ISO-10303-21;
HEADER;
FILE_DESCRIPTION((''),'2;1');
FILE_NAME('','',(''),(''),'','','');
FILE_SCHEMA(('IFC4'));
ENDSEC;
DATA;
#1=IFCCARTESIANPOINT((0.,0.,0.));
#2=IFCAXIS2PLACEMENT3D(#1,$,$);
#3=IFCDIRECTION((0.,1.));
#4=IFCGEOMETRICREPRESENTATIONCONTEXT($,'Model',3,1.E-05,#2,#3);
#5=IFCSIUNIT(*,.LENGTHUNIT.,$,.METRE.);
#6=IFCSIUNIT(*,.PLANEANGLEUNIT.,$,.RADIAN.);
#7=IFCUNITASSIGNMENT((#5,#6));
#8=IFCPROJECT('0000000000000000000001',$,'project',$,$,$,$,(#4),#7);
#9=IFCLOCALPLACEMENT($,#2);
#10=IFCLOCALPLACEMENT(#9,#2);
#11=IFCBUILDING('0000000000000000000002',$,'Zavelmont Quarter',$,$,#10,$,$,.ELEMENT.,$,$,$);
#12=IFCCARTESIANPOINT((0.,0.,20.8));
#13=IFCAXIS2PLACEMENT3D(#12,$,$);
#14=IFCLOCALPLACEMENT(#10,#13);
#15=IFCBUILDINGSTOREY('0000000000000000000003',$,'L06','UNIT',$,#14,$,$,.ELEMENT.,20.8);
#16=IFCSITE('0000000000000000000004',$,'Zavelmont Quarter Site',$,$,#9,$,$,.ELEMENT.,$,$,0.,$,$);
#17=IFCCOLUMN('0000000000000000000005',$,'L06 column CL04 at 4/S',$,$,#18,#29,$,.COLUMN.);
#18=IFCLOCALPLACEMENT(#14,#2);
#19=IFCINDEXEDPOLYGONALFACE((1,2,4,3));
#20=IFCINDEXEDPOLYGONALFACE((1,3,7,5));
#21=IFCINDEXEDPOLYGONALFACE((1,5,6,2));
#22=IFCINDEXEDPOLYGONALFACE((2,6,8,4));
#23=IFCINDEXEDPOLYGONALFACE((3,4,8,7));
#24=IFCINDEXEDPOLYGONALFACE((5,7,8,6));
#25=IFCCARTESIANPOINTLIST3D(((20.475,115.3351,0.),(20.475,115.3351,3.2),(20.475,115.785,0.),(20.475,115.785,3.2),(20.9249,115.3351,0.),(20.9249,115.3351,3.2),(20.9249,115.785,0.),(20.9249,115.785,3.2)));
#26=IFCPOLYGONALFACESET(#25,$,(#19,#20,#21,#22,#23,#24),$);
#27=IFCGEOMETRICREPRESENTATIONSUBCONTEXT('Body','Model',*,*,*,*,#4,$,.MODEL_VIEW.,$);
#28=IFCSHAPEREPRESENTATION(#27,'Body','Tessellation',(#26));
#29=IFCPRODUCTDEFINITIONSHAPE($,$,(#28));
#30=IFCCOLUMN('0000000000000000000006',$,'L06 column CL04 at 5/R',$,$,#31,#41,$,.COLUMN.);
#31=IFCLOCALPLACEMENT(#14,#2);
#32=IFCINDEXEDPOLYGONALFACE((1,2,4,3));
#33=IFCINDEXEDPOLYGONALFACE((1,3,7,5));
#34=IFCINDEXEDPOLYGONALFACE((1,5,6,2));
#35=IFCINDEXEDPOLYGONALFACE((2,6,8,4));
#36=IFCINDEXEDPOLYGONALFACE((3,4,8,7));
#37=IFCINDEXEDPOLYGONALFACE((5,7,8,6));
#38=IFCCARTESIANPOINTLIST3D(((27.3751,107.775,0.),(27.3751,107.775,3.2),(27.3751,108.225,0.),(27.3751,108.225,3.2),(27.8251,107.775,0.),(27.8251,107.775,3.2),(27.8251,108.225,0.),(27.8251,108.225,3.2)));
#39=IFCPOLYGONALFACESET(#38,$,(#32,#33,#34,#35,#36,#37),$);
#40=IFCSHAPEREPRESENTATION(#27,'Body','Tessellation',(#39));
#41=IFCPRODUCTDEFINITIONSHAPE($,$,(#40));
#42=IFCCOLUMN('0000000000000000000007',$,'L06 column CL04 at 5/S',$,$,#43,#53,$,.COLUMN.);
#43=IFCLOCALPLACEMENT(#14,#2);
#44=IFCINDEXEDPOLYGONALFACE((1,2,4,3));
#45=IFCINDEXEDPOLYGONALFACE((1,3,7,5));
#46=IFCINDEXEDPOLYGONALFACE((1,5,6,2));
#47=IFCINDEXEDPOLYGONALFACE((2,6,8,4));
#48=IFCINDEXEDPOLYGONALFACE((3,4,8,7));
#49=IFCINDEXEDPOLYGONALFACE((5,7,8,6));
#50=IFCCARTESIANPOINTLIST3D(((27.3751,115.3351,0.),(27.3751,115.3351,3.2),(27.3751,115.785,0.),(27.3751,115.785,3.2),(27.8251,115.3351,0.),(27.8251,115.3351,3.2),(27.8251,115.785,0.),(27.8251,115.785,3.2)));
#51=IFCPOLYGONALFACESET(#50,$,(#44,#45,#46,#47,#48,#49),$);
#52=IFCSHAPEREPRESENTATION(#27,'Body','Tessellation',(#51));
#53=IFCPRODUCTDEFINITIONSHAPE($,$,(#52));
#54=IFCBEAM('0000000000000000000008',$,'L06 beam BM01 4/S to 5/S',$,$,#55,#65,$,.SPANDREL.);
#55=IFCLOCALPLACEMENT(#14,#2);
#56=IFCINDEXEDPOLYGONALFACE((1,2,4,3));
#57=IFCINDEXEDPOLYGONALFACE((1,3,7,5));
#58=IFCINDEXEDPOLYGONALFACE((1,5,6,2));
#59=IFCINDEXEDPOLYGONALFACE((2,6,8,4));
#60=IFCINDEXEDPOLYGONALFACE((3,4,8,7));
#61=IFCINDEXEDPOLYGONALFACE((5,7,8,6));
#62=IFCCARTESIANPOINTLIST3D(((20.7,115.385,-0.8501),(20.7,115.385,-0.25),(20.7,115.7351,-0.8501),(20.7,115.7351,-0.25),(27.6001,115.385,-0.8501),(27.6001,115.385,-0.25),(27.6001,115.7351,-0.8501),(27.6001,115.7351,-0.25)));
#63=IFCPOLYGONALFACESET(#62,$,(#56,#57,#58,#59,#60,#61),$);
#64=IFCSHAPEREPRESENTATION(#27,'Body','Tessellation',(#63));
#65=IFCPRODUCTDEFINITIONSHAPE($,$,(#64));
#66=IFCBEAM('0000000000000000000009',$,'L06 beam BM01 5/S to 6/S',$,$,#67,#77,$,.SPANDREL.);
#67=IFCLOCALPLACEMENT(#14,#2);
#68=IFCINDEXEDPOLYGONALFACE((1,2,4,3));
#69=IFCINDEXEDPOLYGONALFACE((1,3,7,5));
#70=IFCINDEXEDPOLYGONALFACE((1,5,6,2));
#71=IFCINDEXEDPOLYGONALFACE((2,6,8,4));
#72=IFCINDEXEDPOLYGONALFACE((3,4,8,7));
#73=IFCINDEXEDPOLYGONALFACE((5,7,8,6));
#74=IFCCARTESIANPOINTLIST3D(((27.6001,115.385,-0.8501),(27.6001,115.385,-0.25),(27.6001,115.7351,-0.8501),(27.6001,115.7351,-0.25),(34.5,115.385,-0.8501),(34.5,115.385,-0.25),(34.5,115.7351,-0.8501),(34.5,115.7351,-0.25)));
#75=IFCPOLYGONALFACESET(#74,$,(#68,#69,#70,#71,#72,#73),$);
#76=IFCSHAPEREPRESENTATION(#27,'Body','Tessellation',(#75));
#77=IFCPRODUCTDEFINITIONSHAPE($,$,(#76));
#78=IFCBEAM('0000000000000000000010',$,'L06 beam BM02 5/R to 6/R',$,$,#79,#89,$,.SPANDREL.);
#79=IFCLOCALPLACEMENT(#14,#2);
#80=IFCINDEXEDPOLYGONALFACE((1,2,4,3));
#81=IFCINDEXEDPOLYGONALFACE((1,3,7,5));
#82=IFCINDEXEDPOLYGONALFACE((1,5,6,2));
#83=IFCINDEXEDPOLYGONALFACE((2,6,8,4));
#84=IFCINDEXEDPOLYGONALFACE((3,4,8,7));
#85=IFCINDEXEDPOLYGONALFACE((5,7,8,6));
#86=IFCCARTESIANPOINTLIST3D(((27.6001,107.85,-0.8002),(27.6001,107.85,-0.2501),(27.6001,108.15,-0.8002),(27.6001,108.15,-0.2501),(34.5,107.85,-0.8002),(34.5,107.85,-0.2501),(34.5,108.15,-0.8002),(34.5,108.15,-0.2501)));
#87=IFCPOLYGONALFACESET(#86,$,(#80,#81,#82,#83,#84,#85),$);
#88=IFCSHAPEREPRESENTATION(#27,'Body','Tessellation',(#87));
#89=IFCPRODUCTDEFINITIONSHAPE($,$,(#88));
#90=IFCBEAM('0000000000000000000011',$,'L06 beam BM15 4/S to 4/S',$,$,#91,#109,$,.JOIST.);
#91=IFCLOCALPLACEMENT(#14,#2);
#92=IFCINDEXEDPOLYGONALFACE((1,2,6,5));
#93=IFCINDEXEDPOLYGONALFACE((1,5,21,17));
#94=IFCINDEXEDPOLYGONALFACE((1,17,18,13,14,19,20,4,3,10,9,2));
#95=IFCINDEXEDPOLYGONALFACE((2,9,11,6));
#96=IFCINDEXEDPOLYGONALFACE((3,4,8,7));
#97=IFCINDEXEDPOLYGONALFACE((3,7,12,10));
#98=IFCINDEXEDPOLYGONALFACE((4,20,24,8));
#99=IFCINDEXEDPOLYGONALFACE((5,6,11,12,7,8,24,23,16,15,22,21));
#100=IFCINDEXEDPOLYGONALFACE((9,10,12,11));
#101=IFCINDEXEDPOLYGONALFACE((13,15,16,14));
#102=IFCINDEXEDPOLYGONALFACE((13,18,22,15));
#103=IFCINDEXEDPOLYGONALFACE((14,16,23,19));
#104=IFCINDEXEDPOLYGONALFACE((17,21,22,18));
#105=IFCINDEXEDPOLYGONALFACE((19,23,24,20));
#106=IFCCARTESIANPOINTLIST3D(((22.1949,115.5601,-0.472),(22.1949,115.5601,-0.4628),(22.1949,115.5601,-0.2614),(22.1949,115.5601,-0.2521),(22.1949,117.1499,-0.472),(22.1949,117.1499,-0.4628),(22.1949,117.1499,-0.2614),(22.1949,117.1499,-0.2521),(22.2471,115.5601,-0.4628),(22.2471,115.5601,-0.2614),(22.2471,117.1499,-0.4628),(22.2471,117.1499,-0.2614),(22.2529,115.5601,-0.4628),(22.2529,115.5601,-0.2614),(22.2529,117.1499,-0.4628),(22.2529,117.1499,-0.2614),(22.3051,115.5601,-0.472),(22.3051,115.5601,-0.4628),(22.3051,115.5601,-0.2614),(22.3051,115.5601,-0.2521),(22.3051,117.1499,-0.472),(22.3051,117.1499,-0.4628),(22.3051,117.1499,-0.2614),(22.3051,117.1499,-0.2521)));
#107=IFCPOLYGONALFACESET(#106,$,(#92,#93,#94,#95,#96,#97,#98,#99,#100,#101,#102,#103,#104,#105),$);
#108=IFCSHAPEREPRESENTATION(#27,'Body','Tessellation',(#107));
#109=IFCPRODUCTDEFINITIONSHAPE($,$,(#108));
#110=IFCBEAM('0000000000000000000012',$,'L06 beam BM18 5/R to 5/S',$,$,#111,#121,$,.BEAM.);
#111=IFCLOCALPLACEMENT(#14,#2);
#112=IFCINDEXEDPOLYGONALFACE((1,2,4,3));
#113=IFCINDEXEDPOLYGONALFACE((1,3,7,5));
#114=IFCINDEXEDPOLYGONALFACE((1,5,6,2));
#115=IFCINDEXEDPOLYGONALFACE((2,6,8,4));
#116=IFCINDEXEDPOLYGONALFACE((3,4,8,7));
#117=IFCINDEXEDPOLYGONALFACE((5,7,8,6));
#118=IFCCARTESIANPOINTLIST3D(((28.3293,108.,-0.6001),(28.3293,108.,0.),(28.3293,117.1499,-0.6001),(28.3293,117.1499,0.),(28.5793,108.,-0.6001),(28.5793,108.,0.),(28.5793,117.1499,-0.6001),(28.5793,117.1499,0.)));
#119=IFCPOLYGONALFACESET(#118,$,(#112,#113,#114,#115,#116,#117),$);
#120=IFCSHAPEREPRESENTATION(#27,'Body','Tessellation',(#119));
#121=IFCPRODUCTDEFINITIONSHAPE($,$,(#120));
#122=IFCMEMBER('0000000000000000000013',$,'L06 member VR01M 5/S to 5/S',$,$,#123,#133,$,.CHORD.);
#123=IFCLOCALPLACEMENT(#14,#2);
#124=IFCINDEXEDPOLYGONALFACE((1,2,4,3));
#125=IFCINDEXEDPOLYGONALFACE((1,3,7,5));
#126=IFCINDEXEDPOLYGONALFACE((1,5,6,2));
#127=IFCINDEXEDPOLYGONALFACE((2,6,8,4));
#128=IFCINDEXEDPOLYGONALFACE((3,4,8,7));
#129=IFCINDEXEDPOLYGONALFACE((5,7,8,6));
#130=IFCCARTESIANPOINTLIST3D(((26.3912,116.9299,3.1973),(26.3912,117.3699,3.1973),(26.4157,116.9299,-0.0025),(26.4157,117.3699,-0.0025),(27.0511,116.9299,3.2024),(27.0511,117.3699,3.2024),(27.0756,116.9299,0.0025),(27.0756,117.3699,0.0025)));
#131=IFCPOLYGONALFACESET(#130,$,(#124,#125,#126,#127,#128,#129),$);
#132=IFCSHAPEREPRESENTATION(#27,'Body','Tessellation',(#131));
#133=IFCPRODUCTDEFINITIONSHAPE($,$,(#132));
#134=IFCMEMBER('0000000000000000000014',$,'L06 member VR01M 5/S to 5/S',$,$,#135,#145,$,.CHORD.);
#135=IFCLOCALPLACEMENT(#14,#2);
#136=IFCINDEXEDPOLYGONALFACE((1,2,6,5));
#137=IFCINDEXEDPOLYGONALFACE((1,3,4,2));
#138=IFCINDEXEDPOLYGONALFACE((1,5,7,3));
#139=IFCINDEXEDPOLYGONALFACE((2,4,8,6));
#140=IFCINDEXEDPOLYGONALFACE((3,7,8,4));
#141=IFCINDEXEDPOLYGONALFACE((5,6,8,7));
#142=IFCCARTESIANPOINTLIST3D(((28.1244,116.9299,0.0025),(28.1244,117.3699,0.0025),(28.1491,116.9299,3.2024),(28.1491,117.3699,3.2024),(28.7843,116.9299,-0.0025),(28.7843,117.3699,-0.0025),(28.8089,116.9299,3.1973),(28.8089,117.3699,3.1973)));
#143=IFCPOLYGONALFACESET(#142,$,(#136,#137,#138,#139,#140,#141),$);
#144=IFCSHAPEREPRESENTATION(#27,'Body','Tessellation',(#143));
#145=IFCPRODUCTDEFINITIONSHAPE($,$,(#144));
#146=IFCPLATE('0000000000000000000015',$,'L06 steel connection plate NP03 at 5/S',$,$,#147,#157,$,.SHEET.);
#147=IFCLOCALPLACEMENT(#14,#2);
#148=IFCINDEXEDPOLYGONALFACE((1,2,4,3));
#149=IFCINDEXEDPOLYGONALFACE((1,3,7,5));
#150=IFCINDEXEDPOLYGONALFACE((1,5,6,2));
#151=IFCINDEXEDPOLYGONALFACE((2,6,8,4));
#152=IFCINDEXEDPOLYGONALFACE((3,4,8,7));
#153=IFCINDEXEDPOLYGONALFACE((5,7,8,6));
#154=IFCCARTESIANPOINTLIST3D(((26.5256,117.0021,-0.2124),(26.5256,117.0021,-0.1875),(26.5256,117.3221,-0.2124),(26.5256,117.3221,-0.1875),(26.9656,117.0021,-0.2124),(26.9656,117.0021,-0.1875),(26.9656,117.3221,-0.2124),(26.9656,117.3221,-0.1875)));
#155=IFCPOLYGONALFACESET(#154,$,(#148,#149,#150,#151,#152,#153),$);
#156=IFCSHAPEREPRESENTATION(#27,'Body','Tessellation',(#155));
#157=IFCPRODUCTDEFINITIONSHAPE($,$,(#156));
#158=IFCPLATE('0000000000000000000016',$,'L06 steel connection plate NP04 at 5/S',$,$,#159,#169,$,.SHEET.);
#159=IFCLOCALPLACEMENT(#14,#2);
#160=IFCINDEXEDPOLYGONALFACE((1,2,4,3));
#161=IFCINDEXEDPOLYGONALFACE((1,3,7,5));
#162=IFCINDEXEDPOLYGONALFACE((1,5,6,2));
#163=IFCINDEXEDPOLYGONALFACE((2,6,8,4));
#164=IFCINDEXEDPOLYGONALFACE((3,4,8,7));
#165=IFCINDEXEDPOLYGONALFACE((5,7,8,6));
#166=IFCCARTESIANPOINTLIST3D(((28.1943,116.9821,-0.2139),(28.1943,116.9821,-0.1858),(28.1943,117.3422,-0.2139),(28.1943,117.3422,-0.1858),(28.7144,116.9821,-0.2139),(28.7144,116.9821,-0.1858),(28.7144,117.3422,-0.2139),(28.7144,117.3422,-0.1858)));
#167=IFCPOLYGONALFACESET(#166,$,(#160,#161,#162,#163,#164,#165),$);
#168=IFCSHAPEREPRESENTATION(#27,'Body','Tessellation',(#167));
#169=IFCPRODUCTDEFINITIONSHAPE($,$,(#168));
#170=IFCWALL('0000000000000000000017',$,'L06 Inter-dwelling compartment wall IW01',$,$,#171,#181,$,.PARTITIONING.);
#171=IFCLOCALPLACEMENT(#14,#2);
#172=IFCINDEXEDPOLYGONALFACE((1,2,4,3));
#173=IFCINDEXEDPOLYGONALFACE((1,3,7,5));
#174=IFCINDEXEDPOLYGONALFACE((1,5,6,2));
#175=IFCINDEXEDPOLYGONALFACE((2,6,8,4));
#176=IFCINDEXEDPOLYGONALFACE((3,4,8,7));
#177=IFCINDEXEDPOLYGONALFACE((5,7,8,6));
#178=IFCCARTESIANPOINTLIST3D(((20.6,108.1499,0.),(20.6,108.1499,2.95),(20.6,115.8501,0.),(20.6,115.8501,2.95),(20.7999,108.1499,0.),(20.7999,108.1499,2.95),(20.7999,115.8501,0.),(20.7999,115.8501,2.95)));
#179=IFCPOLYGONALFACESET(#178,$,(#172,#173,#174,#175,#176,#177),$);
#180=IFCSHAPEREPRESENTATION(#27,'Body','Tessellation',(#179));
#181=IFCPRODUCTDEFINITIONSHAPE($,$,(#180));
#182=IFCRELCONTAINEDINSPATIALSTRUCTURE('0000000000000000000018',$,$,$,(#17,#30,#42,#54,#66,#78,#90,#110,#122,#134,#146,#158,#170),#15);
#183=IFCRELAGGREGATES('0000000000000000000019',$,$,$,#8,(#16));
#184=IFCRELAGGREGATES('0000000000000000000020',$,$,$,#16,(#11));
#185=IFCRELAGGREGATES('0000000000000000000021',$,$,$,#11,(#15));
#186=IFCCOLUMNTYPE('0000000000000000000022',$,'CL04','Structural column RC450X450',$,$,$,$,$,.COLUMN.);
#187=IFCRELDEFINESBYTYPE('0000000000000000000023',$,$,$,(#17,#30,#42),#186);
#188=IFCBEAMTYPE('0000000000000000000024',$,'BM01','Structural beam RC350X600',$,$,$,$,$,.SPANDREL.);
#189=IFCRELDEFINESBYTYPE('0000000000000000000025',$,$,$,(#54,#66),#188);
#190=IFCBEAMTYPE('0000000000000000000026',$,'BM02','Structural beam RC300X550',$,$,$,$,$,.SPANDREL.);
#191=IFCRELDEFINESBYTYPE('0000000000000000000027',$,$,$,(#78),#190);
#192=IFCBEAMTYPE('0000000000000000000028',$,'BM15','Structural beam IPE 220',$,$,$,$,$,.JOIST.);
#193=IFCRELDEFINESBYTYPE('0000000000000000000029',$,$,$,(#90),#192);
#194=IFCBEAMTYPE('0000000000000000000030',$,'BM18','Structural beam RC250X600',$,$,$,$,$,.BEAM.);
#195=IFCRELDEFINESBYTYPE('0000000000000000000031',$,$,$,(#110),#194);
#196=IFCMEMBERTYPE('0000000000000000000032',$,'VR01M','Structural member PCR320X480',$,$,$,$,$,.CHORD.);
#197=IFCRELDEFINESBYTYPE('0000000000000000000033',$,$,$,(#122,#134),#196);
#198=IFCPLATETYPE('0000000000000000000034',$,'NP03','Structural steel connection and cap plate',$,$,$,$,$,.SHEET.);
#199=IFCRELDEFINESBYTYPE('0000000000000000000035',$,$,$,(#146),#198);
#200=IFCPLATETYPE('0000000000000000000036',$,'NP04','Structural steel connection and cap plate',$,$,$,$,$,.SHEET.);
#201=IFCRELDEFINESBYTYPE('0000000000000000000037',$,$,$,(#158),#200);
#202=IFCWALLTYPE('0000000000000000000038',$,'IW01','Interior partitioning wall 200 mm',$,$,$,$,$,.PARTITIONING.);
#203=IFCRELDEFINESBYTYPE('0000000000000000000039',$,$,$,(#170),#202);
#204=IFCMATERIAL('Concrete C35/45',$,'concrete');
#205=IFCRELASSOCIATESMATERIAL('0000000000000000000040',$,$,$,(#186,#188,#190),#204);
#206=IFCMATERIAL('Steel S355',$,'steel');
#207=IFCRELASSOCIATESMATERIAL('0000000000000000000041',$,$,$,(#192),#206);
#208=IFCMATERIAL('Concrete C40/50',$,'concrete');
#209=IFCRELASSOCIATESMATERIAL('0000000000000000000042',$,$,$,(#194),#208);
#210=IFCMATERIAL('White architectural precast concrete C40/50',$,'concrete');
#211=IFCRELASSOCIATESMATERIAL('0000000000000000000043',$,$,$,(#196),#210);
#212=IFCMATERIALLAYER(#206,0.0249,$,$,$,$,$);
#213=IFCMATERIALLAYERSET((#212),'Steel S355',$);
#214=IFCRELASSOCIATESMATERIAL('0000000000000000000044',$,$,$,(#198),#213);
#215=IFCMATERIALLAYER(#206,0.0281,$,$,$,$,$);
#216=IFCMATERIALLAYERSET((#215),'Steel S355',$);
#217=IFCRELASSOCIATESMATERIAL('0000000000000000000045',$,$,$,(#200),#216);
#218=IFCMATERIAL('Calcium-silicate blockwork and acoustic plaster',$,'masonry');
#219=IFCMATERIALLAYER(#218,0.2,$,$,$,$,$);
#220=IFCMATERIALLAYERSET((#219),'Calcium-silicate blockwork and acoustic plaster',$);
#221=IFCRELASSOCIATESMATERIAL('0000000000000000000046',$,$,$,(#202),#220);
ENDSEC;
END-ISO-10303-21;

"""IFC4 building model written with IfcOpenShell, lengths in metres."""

from ifc_helpers import new_model, si_unit, direction, frame, frame_2d, origin, origin_2d, place, context, subcontext, project, spatial, rectangle, i_section, extrude, material, layer, layer_set, material_profile, profile_set, type_object, element, save


model = new_model("IFC4")

# Units and contexts
model_context = context("Model", 3, precision=1e-05, world=origin(), true_north=direction((0.0, 1.0)))
body_context = subcontext(model_context, "Body", "Model", "MODEL_VIEW")
ifc_project = project(units=[si_unit("LENGTHUNIT", "METRE"), si_unit("PLANEANGLEUNIT", "RADIAN")], contexts=[model_context])

# Site, building, storey
site_placement = place(None, origin())
site = spatial("IfcSite", under=ifc_project, at=site_placement, Name="Zavelmont Quarter Site", CompositionType="ELEMENT", RefElevation=0.0)
building_placement = place(site_placement, origin())
building = spatial("IfcBuilding", under=site, at=building_placement, Name="Zavelmont Quarter", CompositionType="ELEMENT")
storey_placement = place(building_placement, frame((0.0, 0.0, 20.8)))
storey = spatial("IfcBuildingStorey", under=building, at=storey_placement, Name="L06", Description="UNIT", CompositionType="ELEMENT", Elevation=20.8)

# Columns
ifc_material_1 = material(Name="Concrete C35/45", Category="concrete")
ifc_material_profile_1 = material_profile(ifc_material_1, rectangle(XDim=0.45, YDim=0.45, at=origin_2d()), Name="RC450X450")
ifc_profile_set_1 = profile_set([ifc_material_profile_1], Name="Concrete C35/45")
column_type = type_object("IfcColumnType", Name="CL04", Description="Structural column RC450X450", PredefinedType="COLUMN", material=ifc_profile_set_1)
for number, where, z_axis, x_axis, name in (
    (1, (20.7, 115.5601, 0.0), (0.0, 0.0, 1.0), (1.0, 0.0, 0.0), "L06 column CL04 at 4/S"),
    (2, (27.6001, 108.0, 0.0), (0.0, 0.0, 1.0), (1.0, 0.0, 0.0), "L06 column CL04 at 5/R"),
    (3, (27.6001, 115.5601, 0.0), (0.0, 0.0, 1.0), (1.0, 0.0, 0.0), "L06 column CL04 at 5/S"),
):
    element("IfcColumn", number, at=place(storey_placement, frame(where, z_axis=z_axis, x_axis=x_axis)), inside=storey, type_object=column_type, Name=name, PredefinedType="COLUMN", context=body_context, shape_type="SweptSolid", body=[
        extrude(rectangle(XDim=0.45, YDim=0.45, at=origin_2d()), origin(), (0.0, 0.0, 1.0), 3.2),
    ])

# Beams
ifc_material_profile_2 = material_profile(ifc_material_1, rectangle(XDim=0.3501, YDim=0.6001, at=origin_2d()), Name="RC350X600")
ifc_profile_set_2 = profile_set([ifc_material_profile_2], Name="Concrete C35/45")
beam_type_1 = type_object("IfcBeamType", Name="BM01", Description="Structural beam RC350X600", PredefinedType="SPANDREL", material=ifc_profile_set_2)
beam_1_placement = place(storey_placement, frame((20.7, 115.5601, -0.55), z_axis=(1.0, 0.0, 0.0), x_axis=(0.0, 1.0, 0.0)))
element("IfcBeam", 4, at=beam_1_placement, inside=storey, type_object=beam_type_1, Name="L06 beam BM01 4/S to 5/S", PredefinedType="SPANDREL", context=body_context, shape_type="SweptSolid", body=[
    extrude(rectangle(XDim=0.3501, YDim=0.6001, at=origin_2d()), origin(), (0.0, 0.0, 1.0), 6.9001),
])
beam_2_placement = place(storey_placement, frame((27.6001, 115.5601, -0.55), z_axis=(1.0, 0.0, 0.0), x_axis=(0.0, 1.0, 0.0)))
element("IfcBeam", 5, at=beam_2_placement, inside=storey, type_object=beam_type_1, Name="L06 beam BM01 5/S to 6/S", PredefinedType="SPANDREL", context=body_context, shape_type="SweptSolid", body=[
    extrude(rectangle(XDim=0.3501, YDim=0.6001, at=origin_2d()), origin(), (0.0, 0.0, 1.0), 6.8999),
])
ifc_material_profile_3 = material_profile(ifc_material_1, rectangle(XDim=0.3, YDim=0.55, at=origin_2d()), Name="RC300X550")
ifc_profile_set_3 = profile_set([ifc_material_profile_3], Name="Concrete C35/45")
beam_type_2 = type_object("IfcBeamType", Name="BM02", Description="Structural beam RC300X550", PredefinedType="SPANDREL", material=ifc_profile_set_3)
beam_3_placement = place(storey_placement, frame((27.6001, 108.0, -0.5251), z_axis=(1.0, 0.0, 0.0), x_axis=(0.0, 1.0, 0.0)))
element("IfcBeam", 6, at=beam_3_placement, inside=storey, type_object=beam_type_2, Name="L06 beam BM02 5/R to 6/R", PredefinedType="SPANDREL", context=body_context, shape_type="SweptSolid", body=[
    extrude(rectangle(XDim=0.3, YDim=0.55, at=origin_2d()), origin(), (0.0, 0.0, 1.0), 6.8999),
])
ifc_material_2 = material(Name="Steel S355", Category="steel")
ifc_material_profile_4 = material_profile(ifc_material_2, i_section(OverallWidth=0.1101, OverallDepth=0.22, WebThickness=0.0059, FlangeThickness=0.0093, at=origin_2d()), Name="IPE 220")
ifc_profile_set_4 = profile_set([ifc_material_profile_4], Name="Steel S355")
beam_type_3 = type_object("IfcBeamType", Name="BM15", Description="Structural beam IPE 220", PredefinedType="JOIST", material=ifc_profile_set_4)
beam_4_placement = place(storey_placement, frame((22.25, 115.5601, -0.3621), z_axis=(0.0, 1.0, 0.0), x_axis=(-1.0, 0.0, 0.0)))
element("IfcBeam", 7, at=beam_4_placement, inside=storey, type_object=beam_type_3, Name="L06 beam BM15 4/S to 4/S", PredefinedType="JOIST", context=body_context, shape_type="SweptSolid", body=[
    extrude(i_section(OverallWidth=0.1101, OverallDepth=0.22, WebThickness=0.0059, FlangeThickness=0.0093, at=origin_2d()), origin(), (0.0, 0.0, 1.0), 1.5898),
])
ifc_material_3 = material(Name="Concrete C40/50", Category="concrete")
ifc_material_profile_5 = material_profile(ifc_material_3, rectangle(XDim=0.25, YDim=0.6001, at=origin_2d()), Name="RC250X600")
ifc_profile_set_5 = profile_set([ifc_material_profile_5], Name="Concrete C40/50")
beam_type_4 = type_object("IfcBeamType", Name="BM18", Description="Structural beam RC250X600", PredefinedType="BEAM", material=ifc_profile_set_5)
beam_5_placement = place(storey_placement, frame((28.4543, 108.0, -0.3), z_axis=(0.0, 1.0, 0.0), x_axis=(-1.0, 0.0, 0.0)))
element("IfcBeam", 8, at=beam_5_placement, inside=storey, type_object=beam_type_4, Name="L06 beam BM18 5/R to 5/S", PredefinedType="BEAM", context=body_context, shape_type="SweptSolid", body=[
    extrude(rectangle(XDim=0.25, YDim=0.6001, at=origin_2d()), origin(), (0.0, 0.0, 1.0), 9.1499),
])

# Members
ifc_material_4 = material(Name="White architectural precast concrete C40/50", Category="concrete")
ifc_material_profile_6 = material_profile(ifc_material_4, rectangle(XDim=0.4399, YDim=0.6599, at=origin_2d()), Name="PCR320X480")
ifc_profile_set_6 = profile_set([ifc_material_profile_6], Name="White architectural precast concrete C40/50")
member_type = type_object("IfcMemberType", Name="VR01M", Description="Structural member PCR320X480", PredefinedType="CHORD", material=ifc_profile_set_6)
for number, where, z_axis, x_axis, name in (
    (9, (26.7456, 117.1499, 0.0), (-0.007629, 0.0, 0.999971), (0.0, -1.0, 0.0), "L06 member VR01M 5/S to 5/S"),
    (10, (28.4543, 117.1499, 0.0), (0.007706, 0.0, 0.99997), (0.0, 1.0, 0.0), "L06 member VR01M 5/S to 5/S"),
):
    element("IfcMember", number, at=place(storey_placement, frame(where, z_axis=z_axis, x_axis=x_axis)), inside=storey, type_object=member_type, Name=name, PredefinedType="CHORD", context=body_context, shape_type="SweptSolid", body=[
        extrude(rectangle(XDim=0.4399, YDim=0.6599, at=origin_2d()), origin(), (0.0, 0.0, 1.0), 3.2),
    ])

# Plates
ifc_layer_1 = layer(ifc_material_2, 0.0249)
ifc_layer_set_1 = layer_set([ifc_layer_1], Name="Steel S355")
plate_type_1 = type_object("IfcPlateType", Name="NP03", Description="Structural steel connection and cap plate", PredefinedType="SHEET", material=ifc_layer_set_1)
plate_1_placement = place(storey_placement, frame((26.7456, 117.1621, -0.2124), z_axis=(0.0, 0.0, 1.0), x_axis=(1.0, 0.0, 0.0)))
element("IfcPlate", 11, at=plate_1_placement, inside=storey, type_object=plate_type_1, Name="L06 steel connection plate NP03 at 5/S", PredefinedType="SHEET", context=body_context, shape_type="SweptSolid", body=[
    extrude(rectangle(XDim=0.4399, YDim=0.3201, at=origin_2d()), origin(), (0.0, 0.0, 1.0), 0.0249),
])
ifc_layer_2 = layer(ifc_material_2, 0.0281)
ifc_layer_set_2 = layer_set([ifc_layer_2], Name="Steel S355")
plate_type_2 = type_object("IfcPlateType", Name="NP04", Description="Structural steel connection and cap plate", PredefinedType="SHEET", material=ifc_layer_set_2)
plate_2_placement = place(storey_placement, frame((28.4543, 117.1621, -0.2139), z_axis=(0.0, 0.0, 1.0), x_axis=(1.0, 0.0, 0.0)))
element("IfcPlate", 12, at=plate_2_placement, inside=storey, type_object=plate_type_2, Name="L06 steel connection plate NP04 at 5/S", PredefinedType="SHEET", context=body_context, shape_type="SweptSolid", body=[
    extrude(rectangle(XDim=0.52, YDim=0.3601, at=origin_2d()), origin(), (0.0, 0.0, 1.0), 0.0281),
])

# Wall
ifc_material_5 = material(Name="Calcium-silicate blockwork and acoustic plaster", Category="masonry")
ifc_layer_3 = layer(ifc_material_5, 0.2)
ifc_layer_set_3 = layer_set([ifc_layer_3], Name="Calcium-silicate blockwork and acoustic plaster")
wall_type_1 = type_object("IfcWallType", Name="IW01", Description="Interior partitioning wall 200 mm", PredefinedType="PARTITIONING", material=ifc_layer_set_3)
wall_1_placement = place(storey_placement, frame((20.7, 108.1499, 0.0), z_axis=(0.0, 0.0, 1.0), x_axis=(0.0, 1.0, 0.0)))
element("IfcWall", 13, at=wall_1_placement, inside=storey, type_object=wall_type_1, Name="L06 Inter-dwelling compartment wall IW01", PredefinedType="PARTITIONING", context=body_context, shape_type="SweptSolid", body=[
    extrude(rectangle(XDim=7.7002, YDim=0.2, at=frame_2d((3.8501, 0.0))), origin(), (0.0, 0.0, 1.0), 2.95),
])

save(model, "model.ifc")
